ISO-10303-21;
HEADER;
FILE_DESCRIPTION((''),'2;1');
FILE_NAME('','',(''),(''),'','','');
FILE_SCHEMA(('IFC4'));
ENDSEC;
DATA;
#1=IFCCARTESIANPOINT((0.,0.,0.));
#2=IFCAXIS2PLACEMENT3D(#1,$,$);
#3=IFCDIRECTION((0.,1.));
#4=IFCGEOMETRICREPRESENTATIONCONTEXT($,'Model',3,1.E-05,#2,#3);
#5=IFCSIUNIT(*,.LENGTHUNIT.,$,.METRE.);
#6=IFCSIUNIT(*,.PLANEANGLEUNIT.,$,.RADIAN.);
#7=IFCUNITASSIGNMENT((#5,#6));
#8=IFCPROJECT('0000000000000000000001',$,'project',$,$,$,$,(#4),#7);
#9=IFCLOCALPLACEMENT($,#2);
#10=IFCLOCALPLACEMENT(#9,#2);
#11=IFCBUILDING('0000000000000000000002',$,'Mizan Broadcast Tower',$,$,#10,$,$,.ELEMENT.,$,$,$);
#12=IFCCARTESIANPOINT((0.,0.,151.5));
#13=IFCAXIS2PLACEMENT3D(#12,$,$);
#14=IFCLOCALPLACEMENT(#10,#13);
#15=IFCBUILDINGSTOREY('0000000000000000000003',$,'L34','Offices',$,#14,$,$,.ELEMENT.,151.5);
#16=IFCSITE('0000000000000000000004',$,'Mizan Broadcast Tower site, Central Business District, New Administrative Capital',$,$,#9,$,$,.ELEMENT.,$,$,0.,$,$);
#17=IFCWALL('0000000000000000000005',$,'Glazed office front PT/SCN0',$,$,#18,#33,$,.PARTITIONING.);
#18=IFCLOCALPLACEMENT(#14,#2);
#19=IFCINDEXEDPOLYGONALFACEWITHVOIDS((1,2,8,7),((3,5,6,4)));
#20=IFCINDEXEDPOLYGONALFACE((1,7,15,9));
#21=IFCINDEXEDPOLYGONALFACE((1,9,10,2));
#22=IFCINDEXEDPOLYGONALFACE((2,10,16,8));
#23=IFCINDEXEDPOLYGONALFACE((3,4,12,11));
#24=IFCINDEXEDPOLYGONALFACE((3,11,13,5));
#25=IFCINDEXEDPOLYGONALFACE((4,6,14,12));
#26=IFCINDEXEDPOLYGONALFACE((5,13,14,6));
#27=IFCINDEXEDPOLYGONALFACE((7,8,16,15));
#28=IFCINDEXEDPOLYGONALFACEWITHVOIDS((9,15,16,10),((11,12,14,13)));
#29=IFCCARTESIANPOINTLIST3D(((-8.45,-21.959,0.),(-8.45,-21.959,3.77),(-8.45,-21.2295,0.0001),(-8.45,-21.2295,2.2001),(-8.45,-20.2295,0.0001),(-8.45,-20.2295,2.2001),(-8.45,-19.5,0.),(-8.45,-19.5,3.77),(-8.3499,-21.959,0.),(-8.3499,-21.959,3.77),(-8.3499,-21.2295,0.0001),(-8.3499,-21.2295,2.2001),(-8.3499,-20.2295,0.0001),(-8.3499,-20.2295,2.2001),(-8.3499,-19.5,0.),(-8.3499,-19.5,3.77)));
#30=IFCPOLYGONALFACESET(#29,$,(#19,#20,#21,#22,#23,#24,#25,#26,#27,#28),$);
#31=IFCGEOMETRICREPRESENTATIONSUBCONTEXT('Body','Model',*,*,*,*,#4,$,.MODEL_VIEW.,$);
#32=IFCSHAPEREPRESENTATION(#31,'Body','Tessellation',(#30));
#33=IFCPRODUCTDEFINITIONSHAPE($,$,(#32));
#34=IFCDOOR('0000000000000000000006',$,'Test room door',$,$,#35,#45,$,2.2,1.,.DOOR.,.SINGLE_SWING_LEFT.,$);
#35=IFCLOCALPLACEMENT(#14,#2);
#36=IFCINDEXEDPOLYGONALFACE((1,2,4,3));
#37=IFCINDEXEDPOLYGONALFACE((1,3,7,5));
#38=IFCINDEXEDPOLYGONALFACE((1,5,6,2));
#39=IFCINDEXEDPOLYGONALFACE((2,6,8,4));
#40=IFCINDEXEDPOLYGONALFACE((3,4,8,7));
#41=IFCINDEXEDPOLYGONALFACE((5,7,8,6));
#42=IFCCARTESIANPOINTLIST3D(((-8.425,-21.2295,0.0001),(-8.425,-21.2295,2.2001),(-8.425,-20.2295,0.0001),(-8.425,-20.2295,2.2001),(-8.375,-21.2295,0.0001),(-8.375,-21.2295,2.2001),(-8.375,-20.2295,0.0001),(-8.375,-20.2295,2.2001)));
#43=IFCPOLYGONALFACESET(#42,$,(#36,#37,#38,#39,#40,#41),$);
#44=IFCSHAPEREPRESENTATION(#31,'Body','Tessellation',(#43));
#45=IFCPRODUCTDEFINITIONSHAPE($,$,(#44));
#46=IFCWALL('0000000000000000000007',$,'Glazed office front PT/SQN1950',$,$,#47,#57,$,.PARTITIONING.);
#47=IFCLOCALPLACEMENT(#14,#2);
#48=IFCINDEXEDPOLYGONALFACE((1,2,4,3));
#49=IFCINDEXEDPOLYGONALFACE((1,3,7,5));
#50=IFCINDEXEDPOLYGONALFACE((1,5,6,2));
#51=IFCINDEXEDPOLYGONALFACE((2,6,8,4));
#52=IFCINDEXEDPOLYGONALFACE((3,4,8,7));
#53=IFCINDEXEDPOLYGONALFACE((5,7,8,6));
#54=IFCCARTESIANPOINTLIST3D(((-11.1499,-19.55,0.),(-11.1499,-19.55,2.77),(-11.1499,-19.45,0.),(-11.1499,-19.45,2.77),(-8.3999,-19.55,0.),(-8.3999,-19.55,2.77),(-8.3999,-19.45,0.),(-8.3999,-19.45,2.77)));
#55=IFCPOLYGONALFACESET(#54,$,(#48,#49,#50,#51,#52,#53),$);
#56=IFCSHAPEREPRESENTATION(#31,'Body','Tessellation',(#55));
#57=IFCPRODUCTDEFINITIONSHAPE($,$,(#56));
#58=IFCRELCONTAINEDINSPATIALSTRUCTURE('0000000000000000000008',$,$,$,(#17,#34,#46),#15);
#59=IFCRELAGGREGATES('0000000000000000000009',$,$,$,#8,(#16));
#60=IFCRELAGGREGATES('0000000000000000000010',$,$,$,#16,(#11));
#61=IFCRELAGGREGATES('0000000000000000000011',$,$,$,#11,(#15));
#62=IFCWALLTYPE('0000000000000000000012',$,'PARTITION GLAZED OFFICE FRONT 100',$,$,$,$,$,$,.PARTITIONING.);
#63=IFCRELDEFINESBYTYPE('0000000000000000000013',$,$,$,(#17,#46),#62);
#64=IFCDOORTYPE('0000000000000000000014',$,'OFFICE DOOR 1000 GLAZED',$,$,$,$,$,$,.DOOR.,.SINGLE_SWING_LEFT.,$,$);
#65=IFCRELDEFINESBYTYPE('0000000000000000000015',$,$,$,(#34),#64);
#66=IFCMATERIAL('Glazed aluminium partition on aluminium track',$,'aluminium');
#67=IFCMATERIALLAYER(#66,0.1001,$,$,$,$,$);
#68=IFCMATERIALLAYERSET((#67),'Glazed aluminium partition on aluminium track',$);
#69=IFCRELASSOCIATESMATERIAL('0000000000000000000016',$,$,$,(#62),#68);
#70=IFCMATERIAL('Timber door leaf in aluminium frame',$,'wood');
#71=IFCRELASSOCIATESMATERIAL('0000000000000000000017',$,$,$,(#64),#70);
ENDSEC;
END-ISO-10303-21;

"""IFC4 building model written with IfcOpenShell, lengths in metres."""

from ifc_helpers import new_model, si_unit, direction, frame, frame_2d, origin, place, context, subcontext, project, spatial, rectangle, extrude, material, layer, layer_set, type_object, element, fill, save


model = new_model("IFC4")

# Units and contexts
model_context = context("Model", 3, precision=1e-05, world=origin(), true_north=direction((0.0, 1.0)))
body_context = subcontext(model_context, "Body", "Model", "MODEL_VIEW")
ifc_project = project(units=[si_unit("LENGTHUNIT", "METRE"), si_unit("PLANEANGLEUNIT", "RADIAN")], contexts=[model_context])

# Site, building, storey
site_placement = place(None, origin())
site = spatial("IfcSite", under=ifc_project, at=site_placement, Name="Mizan Broadcast Tower site, Central Business District, New Administrative Capital", CompositionType="ELEMENT", RefElevation=0.0)
building_placement = place(site_placement, origin())
building = spatial("IfcBuilding", under=site, at=building_placement, Name="Mizan Broadcast Tower", CompositionType="ELEMENT")
storey_placement = place(building_placement, frame((0.0, 0.0, 151.5)))
storey = spatial("IfcBuildingStorey", under=building, at=storey_placement, Name="L34", Description="Offices", CompositionType="ELEMENT", Elevation=151.5)

# Wall, opening, door
ifc_material_1 = material(Name="Glazed aluminium partition on aluminium track", Category="aluminium")
ifc_layer_1 = layer(ifc_material_1, 0.1001)
ifc_layer_set_1 = layer_set([ifc_layer_1], Name="Glazed aluminium partition on aluminium track")
wall_type_1 = type_object("IfcWallType", Name="PARTITION GLAZED OFFICE FRONT 100", PredefinedType="PARTITIONING", material=ifc_layer_set_1)
wall_1_placement = place(storey_placement, frame((-8.3999, -19.5, 0.0), z_axis=(0.0, 0.0, 1.0), x_axis=(0.0, -1.0, 0.0)))
wall_1 = element("IfcWall", 1, at=wall_1_placement, inside=storey, type_object=wall_type_1, Name="Glazed office front PT/SCN0", PredefinedType="PARTITIONING", context=body_context, shape_type="SweptSolid", body=[
    extrude(rectangle(XDim=2.459, YDim=0.1001, at=frame_2d((1.2295, 0.0))), origin(), (0.0, 0.0, 1.0), 3.77),
])
opening_placement = place(wall_1_placement, frame((0.7295, 0.0, 0.0)))
opening = element("IfcOpeningElement", 2, at=opening_placement, cuts=wall_1, PredefinedType="OPENING", context=body_context, shape_type="SweptSolid", body=[
    extrude(rectangle(XDim=1.0, YDim=2.2, at=frame_2d((0.5, 1.1001))), frame((0.0, 0.0601, 0.0), z_axis=(0.0, -1.0, 0.0), x_axis=(1.0, 0.0, 0.0)), (0.0, 0.0, 1.0), 0.1201),
])
ifc_material_2 = material(Name="Timber door leaf in aluminium frame", Category="wood")
door_type = type_object("IfcDoorType", Name="OFFICE DOOR 1000 GLAZED", OperationType="SINGLE_SWING_LEFT", PredefinedType="DOOR", material=ifc_material_2)
door_placement = place(opening_placement, origin())
door = element("IfcDoor", 3, at=door_placement, inside=storey, type_object=door_type, Name="Test room door", OperationType="SINGLE_SWING_LEFT", OverallHeight=2.2, OverallWidth=1.0, PredefinedType="DOOR", context=body_context, shape_type="SweptSolid", body=[
    extrude(rectangle(XDim=1.0, YDim=2.2, at=frame_2d((0.5, 1.1001))), frame((0.0, 0.0249, 0.0), z_axis=(0.0, -1.0, 0.0), x_axis=(1.0, 0.0, 0.0)), (0.0, 0.0, 1.0), 0.05),
])
fill(opening, door)

# Wall
wall_2_placement = place(storey_placement, frame((-8.3999, -19.5, 0.0), z_axis=(0.0, 0.0, 1.0), x_axis=(-1.0, 0.0, 0.0)))
element("IfcWall", 4, at=wall_2_placement, inside=storey, type_object=wall_type_1, Name="Glazed office front PT/SQN1950", PredefinedType="PARTITIONING", context=body_context, shape_type="SweptSolid", body=[
    extrude(rectangle(XDim=2.75, YDim=0.1001, at=frame_2d((1.375, 0.0))), origin(), (0.0, 0.0, 1.0), 2.77),
])

save(model, "model.ifc")
